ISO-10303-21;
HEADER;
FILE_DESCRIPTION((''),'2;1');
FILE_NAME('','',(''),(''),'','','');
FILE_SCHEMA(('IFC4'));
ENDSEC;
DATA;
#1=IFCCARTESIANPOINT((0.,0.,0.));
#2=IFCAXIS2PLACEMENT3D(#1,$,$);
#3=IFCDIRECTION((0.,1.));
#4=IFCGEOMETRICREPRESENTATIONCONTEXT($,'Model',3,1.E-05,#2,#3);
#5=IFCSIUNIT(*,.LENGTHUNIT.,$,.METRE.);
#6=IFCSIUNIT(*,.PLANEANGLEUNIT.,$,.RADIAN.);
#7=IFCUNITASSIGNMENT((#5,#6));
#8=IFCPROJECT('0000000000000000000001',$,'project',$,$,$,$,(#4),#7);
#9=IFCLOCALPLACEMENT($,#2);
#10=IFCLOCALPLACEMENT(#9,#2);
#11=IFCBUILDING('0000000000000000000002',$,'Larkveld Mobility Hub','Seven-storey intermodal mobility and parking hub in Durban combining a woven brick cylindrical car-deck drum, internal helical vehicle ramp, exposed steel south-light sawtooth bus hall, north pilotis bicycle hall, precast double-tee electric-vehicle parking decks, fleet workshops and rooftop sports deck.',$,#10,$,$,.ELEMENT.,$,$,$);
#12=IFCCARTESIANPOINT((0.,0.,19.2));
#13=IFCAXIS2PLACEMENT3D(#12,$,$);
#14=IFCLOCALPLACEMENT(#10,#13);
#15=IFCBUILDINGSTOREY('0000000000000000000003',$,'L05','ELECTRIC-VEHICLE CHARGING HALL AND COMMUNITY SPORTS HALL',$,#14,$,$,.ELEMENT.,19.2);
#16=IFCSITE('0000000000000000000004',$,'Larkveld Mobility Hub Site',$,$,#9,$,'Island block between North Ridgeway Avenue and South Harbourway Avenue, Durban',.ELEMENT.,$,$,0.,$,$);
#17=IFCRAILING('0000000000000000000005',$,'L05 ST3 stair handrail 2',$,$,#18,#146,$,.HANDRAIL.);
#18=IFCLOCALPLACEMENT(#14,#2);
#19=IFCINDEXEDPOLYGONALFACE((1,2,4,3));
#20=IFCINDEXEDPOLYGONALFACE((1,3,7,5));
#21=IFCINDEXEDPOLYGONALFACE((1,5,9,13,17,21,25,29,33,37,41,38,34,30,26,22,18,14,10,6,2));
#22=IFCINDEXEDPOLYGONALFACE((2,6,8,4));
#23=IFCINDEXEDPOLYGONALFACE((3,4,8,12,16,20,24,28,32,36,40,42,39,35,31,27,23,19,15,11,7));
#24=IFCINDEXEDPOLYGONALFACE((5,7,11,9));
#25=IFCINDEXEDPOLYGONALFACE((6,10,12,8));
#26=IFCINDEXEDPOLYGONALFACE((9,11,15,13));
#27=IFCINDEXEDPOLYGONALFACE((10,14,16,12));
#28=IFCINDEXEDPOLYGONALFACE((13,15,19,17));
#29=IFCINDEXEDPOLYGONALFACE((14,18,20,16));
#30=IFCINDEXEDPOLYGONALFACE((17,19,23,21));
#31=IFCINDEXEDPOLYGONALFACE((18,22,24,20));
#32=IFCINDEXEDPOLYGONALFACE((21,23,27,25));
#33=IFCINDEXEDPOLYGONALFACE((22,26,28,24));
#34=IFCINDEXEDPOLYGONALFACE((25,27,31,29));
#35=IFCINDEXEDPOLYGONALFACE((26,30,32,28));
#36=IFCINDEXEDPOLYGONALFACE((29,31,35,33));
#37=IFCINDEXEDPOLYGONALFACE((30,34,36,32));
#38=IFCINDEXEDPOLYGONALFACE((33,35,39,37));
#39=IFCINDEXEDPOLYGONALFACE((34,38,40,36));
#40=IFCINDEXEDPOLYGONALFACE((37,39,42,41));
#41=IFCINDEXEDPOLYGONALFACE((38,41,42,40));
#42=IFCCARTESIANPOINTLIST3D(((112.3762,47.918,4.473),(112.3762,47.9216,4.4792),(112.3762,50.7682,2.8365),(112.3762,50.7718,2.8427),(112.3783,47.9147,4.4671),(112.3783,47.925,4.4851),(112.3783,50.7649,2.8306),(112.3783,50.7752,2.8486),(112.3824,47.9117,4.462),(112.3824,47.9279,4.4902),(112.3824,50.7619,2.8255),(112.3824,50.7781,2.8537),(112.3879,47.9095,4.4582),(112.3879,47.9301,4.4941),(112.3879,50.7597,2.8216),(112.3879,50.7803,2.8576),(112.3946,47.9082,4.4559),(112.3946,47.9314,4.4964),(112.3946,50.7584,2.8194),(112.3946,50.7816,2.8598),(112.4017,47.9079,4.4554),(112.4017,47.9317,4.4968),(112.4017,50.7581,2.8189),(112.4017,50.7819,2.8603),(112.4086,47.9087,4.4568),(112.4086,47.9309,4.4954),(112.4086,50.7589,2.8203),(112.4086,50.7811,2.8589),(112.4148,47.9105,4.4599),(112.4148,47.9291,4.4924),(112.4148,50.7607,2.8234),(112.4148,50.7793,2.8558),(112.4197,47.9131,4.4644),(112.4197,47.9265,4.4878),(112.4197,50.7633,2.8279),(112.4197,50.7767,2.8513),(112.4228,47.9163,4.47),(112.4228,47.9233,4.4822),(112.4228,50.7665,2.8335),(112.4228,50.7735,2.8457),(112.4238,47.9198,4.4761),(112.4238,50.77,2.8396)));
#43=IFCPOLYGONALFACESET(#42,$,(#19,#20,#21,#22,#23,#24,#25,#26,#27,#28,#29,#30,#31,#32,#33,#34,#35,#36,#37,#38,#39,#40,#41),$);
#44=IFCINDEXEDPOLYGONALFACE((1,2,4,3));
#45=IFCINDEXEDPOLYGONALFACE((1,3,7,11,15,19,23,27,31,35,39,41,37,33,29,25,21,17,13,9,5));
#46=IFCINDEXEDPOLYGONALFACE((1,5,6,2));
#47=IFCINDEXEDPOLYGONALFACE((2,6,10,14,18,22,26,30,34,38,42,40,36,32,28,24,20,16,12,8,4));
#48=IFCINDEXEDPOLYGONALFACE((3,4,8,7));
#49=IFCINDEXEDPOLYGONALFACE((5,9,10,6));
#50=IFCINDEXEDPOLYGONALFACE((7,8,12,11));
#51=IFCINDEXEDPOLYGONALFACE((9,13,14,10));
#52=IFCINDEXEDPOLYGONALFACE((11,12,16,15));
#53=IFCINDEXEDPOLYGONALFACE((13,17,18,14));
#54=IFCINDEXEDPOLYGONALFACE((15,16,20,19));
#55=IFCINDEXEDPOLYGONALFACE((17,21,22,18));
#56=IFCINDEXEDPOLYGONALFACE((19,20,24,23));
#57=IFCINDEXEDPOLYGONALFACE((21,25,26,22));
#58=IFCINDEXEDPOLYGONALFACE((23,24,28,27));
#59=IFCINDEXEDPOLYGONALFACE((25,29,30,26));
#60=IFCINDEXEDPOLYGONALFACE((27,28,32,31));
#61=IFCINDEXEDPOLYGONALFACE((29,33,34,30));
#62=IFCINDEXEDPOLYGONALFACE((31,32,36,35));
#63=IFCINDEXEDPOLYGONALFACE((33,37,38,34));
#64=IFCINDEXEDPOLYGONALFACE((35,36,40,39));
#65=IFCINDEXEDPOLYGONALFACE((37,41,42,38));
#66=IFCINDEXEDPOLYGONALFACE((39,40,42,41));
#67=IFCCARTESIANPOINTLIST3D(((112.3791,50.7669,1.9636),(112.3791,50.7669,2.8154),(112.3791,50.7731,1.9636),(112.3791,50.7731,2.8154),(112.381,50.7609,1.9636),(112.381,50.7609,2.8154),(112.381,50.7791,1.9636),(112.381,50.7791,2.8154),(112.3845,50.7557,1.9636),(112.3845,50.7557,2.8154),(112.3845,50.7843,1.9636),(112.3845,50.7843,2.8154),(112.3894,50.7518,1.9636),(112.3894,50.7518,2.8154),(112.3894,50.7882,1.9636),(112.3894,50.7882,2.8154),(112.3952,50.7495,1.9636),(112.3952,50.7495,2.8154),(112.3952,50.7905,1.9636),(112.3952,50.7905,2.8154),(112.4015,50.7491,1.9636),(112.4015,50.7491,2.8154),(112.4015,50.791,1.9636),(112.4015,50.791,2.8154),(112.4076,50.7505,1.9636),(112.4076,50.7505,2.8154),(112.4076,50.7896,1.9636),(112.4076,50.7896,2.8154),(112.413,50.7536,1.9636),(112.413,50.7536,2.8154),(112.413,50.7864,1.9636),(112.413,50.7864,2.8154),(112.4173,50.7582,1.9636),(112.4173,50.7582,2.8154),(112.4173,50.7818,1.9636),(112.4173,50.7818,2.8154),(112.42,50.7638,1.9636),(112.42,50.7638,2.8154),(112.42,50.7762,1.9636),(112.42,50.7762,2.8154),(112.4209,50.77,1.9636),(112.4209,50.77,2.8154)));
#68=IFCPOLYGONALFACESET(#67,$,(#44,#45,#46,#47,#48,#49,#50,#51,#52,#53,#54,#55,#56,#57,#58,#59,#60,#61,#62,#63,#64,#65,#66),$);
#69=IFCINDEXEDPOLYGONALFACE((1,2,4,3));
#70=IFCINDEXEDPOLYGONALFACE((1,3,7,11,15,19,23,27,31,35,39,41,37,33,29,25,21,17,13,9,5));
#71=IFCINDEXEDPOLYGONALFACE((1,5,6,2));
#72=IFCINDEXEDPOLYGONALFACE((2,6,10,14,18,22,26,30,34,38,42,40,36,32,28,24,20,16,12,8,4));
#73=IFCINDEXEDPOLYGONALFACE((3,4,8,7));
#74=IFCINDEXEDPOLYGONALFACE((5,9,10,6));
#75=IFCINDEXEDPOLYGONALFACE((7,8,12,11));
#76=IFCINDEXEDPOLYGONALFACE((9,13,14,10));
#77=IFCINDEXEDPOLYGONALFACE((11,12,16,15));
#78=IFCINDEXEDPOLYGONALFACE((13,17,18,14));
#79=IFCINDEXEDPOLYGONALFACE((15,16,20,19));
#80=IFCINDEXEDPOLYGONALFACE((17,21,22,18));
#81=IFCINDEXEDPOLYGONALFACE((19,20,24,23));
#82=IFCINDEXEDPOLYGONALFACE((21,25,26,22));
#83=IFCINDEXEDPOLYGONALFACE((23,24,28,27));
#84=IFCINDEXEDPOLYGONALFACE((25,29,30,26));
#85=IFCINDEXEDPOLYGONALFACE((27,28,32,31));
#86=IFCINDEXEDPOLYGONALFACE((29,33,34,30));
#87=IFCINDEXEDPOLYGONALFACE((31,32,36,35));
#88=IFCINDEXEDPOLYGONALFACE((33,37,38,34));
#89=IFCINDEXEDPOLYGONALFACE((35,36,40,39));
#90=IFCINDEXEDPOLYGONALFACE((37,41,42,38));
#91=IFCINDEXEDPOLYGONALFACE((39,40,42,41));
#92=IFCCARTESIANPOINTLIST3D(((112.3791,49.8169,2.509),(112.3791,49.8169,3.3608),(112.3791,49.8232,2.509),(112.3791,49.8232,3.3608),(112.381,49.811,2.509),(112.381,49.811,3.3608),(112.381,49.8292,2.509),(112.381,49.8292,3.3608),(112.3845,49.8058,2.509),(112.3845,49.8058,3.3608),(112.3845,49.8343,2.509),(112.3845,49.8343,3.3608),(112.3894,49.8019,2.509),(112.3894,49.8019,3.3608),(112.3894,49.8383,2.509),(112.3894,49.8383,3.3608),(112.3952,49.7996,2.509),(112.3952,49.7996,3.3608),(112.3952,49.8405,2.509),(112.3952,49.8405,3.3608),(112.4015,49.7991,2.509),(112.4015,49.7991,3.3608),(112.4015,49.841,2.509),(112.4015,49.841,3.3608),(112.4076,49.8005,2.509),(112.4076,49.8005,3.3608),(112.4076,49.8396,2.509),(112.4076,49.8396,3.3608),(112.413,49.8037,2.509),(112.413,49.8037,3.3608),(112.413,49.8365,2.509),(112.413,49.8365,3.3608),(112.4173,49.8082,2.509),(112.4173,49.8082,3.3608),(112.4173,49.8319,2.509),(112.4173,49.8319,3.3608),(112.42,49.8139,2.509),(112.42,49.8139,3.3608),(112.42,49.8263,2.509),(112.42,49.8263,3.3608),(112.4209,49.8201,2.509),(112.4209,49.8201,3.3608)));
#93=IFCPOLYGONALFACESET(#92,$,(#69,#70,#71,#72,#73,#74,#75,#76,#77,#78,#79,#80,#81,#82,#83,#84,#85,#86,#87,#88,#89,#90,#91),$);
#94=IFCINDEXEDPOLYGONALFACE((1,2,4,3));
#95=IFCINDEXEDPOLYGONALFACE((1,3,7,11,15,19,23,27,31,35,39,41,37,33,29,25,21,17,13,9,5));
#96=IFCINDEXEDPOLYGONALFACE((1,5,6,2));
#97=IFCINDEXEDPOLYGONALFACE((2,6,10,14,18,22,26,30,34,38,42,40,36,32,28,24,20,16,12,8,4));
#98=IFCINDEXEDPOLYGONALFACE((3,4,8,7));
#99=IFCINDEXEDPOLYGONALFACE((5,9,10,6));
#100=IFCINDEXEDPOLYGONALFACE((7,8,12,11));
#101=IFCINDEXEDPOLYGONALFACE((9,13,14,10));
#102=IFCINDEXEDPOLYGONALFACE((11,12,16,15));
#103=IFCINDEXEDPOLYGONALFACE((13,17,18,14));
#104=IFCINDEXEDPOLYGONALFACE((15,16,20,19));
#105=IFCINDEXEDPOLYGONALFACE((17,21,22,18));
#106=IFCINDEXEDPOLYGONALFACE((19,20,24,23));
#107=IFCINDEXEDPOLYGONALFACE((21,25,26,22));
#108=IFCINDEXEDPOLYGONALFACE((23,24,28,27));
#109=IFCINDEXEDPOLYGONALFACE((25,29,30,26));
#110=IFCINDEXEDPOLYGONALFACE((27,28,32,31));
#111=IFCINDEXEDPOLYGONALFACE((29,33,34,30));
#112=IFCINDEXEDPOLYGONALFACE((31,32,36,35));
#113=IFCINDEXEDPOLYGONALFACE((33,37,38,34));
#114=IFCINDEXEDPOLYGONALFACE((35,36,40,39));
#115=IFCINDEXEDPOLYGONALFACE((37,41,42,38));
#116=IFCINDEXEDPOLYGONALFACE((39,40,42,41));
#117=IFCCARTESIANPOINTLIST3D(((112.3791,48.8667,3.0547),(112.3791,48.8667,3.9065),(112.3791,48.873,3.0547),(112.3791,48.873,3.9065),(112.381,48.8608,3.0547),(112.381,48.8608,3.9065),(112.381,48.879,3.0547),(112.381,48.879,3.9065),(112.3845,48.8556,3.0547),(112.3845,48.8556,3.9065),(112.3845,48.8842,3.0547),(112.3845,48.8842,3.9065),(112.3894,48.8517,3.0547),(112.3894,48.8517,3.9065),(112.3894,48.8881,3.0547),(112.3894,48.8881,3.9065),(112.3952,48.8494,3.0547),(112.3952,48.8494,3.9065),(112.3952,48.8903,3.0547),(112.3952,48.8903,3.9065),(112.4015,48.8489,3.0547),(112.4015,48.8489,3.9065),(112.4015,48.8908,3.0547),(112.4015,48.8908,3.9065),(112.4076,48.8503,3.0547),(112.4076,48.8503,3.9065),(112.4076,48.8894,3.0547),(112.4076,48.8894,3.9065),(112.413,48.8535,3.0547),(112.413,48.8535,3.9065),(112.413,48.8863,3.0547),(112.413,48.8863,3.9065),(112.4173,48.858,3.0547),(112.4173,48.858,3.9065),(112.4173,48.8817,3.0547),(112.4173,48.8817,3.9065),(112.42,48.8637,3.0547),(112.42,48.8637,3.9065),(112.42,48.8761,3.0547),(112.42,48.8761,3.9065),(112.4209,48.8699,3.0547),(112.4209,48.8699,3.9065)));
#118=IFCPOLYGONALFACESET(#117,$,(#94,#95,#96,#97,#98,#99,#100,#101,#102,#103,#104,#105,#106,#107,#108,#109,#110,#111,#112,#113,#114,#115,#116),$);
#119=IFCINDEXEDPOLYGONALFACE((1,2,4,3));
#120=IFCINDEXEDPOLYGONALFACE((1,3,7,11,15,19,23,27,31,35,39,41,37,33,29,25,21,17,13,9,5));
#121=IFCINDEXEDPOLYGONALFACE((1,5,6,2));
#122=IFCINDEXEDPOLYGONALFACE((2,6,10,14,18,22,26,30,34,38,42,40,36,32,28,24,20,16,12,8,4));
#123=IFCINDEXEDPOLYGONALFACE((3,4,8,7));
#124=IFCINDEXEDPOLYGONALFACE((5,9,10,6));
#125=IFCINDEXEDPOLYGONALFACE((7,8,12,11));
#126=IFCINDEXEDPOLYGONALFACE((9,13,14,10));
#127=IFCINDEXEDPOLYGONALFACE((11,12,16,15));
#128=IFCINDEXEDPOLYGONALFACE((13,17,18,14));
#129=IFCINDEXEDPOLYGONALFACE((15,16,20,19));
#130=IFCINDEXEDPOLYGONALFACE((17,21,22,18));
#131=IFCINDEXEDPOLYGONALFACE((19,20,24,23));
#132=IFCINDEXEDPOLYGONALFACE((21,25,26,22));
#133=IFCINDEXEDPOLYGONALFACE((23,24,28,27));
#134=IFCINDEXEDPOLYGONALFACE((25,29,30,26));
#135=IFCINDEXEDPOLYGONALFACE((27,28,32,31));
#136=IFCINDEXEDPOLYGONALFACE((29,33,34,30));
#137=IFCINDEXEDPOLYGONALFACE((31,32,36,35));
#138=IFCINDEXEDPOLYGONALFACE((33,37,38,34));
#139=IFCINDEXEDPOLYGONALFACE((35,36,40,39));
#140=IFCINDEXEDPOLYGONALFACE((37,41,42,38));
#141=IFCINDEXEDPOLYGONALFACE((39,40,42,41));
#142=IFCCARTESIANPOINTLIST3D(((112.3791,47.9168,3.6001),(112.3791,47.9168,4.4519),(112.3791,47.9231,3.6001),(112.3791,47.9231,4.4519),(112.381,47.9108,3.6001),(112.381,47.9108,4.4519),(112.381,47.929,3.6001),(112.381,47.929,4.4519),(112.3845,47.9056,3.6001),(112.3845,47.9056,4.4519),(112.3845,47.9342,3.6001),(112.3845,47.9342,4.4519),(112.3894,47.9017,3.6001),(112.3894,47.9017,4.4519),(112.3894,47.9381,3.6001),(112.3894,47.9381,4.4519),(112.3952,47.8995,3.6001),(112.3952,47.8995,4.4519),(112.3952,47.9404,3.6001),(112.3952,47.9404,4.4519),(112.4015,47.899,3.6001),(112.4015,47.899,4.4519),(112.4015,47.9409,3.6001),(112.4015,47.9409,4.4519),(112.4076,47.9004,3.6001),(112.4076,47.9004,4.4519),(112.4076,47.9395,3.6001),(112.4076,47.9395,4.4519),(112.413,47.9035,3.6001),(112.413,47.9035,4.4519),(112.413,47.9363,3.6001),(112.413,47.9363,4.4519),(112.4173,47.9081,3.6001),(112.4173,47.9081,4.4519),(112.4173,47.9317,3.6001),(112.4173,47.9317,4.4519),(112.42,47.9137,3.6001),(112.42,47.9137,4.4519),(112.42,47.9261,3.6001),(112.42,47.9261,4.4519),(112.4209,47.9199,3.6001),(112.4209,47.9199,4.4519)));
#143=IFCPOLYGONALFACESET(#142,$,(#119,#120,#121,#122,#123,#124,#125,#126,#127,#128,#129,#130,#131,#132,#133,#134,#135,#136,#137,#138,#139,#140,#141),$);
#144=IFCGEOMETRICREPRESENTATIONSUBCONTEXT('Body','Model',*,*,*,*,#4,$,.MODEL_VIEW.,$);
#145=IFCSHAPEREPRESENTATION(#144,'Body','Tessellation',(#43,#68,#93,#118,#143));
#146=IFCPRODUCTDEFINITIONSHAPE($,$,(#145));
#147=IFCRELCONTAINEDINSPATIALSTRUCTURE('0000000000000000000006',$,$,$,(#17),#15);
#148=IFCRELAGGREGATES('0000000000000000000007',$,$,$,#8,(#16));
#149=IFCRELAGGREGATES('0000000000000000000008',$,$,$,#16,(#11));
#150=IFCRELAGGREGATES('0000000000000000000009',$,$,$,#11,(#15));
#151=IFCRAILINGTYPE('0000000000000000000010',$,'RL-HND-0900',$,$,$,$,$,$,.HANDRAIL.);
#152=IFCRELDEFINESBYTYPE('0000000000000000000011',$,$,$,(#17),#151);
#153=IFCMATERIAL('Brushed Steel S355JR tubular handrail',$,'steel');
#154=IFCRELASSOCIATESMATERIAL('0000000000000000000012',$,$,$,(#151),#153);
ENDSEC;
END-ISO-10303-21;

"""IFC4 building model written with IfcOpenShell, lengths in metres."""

from ifc_helpers import new_model, si_unit, direction, frame, origin, origin_2d, place, context, subcontext, project, spatial, circle, extrude, material, type_object, element, save


model = new_model("IFC4")

# Units and contexts
model_context = context("Model", 3, precision=1e-05, world=origin(), true_north=direction((0.0, 1.0)))
body_context = subcontext(model_context, "Body", "Model", "MODEL_VIEW")
ifc_project = project(units=[si_unit("LENGTHUNIT", "METRE"), si_unit("PLANEANGLEUNIT", "RADIAN")], contexts=[model_context])

# Site, building, storey
site_placement = place(None, origin())
site = spatial("IfcSite", under=ifc_project, at=site_placement, Name="Larkveld Mobility Hub Site", LongName="Island block between North Ridgeway Avenue and South Harbourway Avenue, Durban", CompositionType="ELEMENT", RefElevation=0.0)
building_placement = place(site_placement, origin())
building = spatial("IfcBuilding", under=site, at=building_placement, Name="Larkveld Mobility Hub", Description="Seven-storey intermodal mobility and parking hub in Durban combining a woven brick cylindrical car-deck drum, internal helical vehicle ramp, exposed steel south-light sawtooth bus hall, north pilotis bicycle hall, precast double-tee electric-vehicle parking decks, fleet workshops and rooftop sports deck.", CompositionType="ELEMENT")
storey_placement = place(building_placement, frame((0.0, 0.0, 19.2)))
storey = spatial("IfcBuildingStorey", under=building, at=storey_placement, Name="L05", Description="ELECTRIC-VEHICLE CHARGING HALL AND COMMUNITY SPORTS HALL", CompositionType="ELEMENT", Elevation=19.2)

# Railing
ifc_material_1 = material(Name="Brushed Steel S355JR tubular handrail", Category="steel")
railing_type_1 = type_object("IfcRailingType", Name="RL-HND-0900", PredefinedType="HANDRAIL", material=ifc_material_1)
railing_1_placement = place(storey_placement, frame((112.3999, 50.77, 1.9636)))
element("IfcRailing", 1, at=railing_1_placement, inside=storey, type_object=railing_type_1, Name="L05 ST3 stair handrail 2", PredefinedType="HANDRAIL", context=body_context, shape_type="SweptSolid", body=[
    extrude(circle(Radius=0.0239, at=origin_2d()), frame((0.0, 0.0, 0.876), z_axis=(0.0, -0.867213, 0.497938), x_axis=(1.0, 0.0, 0.0)), (0.0, 0.0, 1.0), 3.2866),
    extrude(circle(Radius=0.021, at=origin_2d()), origin(), (0.0, 0.0, 1.0), 0.8518),
    extrude(circle(Radius=0.021, at=origin_2d()), frame((0.0, -0.95, 0.5454)), (0.0, 0.0, 1.0), 0.8518),
    extrude(circle(Radius=0.021, at=origin_2d()), frame((0.0, -1.9001, 1.0911)), (0.0, 0.0, 1.0), 0.8518),
    extrude(circle(Radius=0.021, at=origin_2d()), frame((0.0, -2.8501, 1.6365)), (0.0, 0.0, 1.0), 0.8518),
])

save(model, "model.ifc")
